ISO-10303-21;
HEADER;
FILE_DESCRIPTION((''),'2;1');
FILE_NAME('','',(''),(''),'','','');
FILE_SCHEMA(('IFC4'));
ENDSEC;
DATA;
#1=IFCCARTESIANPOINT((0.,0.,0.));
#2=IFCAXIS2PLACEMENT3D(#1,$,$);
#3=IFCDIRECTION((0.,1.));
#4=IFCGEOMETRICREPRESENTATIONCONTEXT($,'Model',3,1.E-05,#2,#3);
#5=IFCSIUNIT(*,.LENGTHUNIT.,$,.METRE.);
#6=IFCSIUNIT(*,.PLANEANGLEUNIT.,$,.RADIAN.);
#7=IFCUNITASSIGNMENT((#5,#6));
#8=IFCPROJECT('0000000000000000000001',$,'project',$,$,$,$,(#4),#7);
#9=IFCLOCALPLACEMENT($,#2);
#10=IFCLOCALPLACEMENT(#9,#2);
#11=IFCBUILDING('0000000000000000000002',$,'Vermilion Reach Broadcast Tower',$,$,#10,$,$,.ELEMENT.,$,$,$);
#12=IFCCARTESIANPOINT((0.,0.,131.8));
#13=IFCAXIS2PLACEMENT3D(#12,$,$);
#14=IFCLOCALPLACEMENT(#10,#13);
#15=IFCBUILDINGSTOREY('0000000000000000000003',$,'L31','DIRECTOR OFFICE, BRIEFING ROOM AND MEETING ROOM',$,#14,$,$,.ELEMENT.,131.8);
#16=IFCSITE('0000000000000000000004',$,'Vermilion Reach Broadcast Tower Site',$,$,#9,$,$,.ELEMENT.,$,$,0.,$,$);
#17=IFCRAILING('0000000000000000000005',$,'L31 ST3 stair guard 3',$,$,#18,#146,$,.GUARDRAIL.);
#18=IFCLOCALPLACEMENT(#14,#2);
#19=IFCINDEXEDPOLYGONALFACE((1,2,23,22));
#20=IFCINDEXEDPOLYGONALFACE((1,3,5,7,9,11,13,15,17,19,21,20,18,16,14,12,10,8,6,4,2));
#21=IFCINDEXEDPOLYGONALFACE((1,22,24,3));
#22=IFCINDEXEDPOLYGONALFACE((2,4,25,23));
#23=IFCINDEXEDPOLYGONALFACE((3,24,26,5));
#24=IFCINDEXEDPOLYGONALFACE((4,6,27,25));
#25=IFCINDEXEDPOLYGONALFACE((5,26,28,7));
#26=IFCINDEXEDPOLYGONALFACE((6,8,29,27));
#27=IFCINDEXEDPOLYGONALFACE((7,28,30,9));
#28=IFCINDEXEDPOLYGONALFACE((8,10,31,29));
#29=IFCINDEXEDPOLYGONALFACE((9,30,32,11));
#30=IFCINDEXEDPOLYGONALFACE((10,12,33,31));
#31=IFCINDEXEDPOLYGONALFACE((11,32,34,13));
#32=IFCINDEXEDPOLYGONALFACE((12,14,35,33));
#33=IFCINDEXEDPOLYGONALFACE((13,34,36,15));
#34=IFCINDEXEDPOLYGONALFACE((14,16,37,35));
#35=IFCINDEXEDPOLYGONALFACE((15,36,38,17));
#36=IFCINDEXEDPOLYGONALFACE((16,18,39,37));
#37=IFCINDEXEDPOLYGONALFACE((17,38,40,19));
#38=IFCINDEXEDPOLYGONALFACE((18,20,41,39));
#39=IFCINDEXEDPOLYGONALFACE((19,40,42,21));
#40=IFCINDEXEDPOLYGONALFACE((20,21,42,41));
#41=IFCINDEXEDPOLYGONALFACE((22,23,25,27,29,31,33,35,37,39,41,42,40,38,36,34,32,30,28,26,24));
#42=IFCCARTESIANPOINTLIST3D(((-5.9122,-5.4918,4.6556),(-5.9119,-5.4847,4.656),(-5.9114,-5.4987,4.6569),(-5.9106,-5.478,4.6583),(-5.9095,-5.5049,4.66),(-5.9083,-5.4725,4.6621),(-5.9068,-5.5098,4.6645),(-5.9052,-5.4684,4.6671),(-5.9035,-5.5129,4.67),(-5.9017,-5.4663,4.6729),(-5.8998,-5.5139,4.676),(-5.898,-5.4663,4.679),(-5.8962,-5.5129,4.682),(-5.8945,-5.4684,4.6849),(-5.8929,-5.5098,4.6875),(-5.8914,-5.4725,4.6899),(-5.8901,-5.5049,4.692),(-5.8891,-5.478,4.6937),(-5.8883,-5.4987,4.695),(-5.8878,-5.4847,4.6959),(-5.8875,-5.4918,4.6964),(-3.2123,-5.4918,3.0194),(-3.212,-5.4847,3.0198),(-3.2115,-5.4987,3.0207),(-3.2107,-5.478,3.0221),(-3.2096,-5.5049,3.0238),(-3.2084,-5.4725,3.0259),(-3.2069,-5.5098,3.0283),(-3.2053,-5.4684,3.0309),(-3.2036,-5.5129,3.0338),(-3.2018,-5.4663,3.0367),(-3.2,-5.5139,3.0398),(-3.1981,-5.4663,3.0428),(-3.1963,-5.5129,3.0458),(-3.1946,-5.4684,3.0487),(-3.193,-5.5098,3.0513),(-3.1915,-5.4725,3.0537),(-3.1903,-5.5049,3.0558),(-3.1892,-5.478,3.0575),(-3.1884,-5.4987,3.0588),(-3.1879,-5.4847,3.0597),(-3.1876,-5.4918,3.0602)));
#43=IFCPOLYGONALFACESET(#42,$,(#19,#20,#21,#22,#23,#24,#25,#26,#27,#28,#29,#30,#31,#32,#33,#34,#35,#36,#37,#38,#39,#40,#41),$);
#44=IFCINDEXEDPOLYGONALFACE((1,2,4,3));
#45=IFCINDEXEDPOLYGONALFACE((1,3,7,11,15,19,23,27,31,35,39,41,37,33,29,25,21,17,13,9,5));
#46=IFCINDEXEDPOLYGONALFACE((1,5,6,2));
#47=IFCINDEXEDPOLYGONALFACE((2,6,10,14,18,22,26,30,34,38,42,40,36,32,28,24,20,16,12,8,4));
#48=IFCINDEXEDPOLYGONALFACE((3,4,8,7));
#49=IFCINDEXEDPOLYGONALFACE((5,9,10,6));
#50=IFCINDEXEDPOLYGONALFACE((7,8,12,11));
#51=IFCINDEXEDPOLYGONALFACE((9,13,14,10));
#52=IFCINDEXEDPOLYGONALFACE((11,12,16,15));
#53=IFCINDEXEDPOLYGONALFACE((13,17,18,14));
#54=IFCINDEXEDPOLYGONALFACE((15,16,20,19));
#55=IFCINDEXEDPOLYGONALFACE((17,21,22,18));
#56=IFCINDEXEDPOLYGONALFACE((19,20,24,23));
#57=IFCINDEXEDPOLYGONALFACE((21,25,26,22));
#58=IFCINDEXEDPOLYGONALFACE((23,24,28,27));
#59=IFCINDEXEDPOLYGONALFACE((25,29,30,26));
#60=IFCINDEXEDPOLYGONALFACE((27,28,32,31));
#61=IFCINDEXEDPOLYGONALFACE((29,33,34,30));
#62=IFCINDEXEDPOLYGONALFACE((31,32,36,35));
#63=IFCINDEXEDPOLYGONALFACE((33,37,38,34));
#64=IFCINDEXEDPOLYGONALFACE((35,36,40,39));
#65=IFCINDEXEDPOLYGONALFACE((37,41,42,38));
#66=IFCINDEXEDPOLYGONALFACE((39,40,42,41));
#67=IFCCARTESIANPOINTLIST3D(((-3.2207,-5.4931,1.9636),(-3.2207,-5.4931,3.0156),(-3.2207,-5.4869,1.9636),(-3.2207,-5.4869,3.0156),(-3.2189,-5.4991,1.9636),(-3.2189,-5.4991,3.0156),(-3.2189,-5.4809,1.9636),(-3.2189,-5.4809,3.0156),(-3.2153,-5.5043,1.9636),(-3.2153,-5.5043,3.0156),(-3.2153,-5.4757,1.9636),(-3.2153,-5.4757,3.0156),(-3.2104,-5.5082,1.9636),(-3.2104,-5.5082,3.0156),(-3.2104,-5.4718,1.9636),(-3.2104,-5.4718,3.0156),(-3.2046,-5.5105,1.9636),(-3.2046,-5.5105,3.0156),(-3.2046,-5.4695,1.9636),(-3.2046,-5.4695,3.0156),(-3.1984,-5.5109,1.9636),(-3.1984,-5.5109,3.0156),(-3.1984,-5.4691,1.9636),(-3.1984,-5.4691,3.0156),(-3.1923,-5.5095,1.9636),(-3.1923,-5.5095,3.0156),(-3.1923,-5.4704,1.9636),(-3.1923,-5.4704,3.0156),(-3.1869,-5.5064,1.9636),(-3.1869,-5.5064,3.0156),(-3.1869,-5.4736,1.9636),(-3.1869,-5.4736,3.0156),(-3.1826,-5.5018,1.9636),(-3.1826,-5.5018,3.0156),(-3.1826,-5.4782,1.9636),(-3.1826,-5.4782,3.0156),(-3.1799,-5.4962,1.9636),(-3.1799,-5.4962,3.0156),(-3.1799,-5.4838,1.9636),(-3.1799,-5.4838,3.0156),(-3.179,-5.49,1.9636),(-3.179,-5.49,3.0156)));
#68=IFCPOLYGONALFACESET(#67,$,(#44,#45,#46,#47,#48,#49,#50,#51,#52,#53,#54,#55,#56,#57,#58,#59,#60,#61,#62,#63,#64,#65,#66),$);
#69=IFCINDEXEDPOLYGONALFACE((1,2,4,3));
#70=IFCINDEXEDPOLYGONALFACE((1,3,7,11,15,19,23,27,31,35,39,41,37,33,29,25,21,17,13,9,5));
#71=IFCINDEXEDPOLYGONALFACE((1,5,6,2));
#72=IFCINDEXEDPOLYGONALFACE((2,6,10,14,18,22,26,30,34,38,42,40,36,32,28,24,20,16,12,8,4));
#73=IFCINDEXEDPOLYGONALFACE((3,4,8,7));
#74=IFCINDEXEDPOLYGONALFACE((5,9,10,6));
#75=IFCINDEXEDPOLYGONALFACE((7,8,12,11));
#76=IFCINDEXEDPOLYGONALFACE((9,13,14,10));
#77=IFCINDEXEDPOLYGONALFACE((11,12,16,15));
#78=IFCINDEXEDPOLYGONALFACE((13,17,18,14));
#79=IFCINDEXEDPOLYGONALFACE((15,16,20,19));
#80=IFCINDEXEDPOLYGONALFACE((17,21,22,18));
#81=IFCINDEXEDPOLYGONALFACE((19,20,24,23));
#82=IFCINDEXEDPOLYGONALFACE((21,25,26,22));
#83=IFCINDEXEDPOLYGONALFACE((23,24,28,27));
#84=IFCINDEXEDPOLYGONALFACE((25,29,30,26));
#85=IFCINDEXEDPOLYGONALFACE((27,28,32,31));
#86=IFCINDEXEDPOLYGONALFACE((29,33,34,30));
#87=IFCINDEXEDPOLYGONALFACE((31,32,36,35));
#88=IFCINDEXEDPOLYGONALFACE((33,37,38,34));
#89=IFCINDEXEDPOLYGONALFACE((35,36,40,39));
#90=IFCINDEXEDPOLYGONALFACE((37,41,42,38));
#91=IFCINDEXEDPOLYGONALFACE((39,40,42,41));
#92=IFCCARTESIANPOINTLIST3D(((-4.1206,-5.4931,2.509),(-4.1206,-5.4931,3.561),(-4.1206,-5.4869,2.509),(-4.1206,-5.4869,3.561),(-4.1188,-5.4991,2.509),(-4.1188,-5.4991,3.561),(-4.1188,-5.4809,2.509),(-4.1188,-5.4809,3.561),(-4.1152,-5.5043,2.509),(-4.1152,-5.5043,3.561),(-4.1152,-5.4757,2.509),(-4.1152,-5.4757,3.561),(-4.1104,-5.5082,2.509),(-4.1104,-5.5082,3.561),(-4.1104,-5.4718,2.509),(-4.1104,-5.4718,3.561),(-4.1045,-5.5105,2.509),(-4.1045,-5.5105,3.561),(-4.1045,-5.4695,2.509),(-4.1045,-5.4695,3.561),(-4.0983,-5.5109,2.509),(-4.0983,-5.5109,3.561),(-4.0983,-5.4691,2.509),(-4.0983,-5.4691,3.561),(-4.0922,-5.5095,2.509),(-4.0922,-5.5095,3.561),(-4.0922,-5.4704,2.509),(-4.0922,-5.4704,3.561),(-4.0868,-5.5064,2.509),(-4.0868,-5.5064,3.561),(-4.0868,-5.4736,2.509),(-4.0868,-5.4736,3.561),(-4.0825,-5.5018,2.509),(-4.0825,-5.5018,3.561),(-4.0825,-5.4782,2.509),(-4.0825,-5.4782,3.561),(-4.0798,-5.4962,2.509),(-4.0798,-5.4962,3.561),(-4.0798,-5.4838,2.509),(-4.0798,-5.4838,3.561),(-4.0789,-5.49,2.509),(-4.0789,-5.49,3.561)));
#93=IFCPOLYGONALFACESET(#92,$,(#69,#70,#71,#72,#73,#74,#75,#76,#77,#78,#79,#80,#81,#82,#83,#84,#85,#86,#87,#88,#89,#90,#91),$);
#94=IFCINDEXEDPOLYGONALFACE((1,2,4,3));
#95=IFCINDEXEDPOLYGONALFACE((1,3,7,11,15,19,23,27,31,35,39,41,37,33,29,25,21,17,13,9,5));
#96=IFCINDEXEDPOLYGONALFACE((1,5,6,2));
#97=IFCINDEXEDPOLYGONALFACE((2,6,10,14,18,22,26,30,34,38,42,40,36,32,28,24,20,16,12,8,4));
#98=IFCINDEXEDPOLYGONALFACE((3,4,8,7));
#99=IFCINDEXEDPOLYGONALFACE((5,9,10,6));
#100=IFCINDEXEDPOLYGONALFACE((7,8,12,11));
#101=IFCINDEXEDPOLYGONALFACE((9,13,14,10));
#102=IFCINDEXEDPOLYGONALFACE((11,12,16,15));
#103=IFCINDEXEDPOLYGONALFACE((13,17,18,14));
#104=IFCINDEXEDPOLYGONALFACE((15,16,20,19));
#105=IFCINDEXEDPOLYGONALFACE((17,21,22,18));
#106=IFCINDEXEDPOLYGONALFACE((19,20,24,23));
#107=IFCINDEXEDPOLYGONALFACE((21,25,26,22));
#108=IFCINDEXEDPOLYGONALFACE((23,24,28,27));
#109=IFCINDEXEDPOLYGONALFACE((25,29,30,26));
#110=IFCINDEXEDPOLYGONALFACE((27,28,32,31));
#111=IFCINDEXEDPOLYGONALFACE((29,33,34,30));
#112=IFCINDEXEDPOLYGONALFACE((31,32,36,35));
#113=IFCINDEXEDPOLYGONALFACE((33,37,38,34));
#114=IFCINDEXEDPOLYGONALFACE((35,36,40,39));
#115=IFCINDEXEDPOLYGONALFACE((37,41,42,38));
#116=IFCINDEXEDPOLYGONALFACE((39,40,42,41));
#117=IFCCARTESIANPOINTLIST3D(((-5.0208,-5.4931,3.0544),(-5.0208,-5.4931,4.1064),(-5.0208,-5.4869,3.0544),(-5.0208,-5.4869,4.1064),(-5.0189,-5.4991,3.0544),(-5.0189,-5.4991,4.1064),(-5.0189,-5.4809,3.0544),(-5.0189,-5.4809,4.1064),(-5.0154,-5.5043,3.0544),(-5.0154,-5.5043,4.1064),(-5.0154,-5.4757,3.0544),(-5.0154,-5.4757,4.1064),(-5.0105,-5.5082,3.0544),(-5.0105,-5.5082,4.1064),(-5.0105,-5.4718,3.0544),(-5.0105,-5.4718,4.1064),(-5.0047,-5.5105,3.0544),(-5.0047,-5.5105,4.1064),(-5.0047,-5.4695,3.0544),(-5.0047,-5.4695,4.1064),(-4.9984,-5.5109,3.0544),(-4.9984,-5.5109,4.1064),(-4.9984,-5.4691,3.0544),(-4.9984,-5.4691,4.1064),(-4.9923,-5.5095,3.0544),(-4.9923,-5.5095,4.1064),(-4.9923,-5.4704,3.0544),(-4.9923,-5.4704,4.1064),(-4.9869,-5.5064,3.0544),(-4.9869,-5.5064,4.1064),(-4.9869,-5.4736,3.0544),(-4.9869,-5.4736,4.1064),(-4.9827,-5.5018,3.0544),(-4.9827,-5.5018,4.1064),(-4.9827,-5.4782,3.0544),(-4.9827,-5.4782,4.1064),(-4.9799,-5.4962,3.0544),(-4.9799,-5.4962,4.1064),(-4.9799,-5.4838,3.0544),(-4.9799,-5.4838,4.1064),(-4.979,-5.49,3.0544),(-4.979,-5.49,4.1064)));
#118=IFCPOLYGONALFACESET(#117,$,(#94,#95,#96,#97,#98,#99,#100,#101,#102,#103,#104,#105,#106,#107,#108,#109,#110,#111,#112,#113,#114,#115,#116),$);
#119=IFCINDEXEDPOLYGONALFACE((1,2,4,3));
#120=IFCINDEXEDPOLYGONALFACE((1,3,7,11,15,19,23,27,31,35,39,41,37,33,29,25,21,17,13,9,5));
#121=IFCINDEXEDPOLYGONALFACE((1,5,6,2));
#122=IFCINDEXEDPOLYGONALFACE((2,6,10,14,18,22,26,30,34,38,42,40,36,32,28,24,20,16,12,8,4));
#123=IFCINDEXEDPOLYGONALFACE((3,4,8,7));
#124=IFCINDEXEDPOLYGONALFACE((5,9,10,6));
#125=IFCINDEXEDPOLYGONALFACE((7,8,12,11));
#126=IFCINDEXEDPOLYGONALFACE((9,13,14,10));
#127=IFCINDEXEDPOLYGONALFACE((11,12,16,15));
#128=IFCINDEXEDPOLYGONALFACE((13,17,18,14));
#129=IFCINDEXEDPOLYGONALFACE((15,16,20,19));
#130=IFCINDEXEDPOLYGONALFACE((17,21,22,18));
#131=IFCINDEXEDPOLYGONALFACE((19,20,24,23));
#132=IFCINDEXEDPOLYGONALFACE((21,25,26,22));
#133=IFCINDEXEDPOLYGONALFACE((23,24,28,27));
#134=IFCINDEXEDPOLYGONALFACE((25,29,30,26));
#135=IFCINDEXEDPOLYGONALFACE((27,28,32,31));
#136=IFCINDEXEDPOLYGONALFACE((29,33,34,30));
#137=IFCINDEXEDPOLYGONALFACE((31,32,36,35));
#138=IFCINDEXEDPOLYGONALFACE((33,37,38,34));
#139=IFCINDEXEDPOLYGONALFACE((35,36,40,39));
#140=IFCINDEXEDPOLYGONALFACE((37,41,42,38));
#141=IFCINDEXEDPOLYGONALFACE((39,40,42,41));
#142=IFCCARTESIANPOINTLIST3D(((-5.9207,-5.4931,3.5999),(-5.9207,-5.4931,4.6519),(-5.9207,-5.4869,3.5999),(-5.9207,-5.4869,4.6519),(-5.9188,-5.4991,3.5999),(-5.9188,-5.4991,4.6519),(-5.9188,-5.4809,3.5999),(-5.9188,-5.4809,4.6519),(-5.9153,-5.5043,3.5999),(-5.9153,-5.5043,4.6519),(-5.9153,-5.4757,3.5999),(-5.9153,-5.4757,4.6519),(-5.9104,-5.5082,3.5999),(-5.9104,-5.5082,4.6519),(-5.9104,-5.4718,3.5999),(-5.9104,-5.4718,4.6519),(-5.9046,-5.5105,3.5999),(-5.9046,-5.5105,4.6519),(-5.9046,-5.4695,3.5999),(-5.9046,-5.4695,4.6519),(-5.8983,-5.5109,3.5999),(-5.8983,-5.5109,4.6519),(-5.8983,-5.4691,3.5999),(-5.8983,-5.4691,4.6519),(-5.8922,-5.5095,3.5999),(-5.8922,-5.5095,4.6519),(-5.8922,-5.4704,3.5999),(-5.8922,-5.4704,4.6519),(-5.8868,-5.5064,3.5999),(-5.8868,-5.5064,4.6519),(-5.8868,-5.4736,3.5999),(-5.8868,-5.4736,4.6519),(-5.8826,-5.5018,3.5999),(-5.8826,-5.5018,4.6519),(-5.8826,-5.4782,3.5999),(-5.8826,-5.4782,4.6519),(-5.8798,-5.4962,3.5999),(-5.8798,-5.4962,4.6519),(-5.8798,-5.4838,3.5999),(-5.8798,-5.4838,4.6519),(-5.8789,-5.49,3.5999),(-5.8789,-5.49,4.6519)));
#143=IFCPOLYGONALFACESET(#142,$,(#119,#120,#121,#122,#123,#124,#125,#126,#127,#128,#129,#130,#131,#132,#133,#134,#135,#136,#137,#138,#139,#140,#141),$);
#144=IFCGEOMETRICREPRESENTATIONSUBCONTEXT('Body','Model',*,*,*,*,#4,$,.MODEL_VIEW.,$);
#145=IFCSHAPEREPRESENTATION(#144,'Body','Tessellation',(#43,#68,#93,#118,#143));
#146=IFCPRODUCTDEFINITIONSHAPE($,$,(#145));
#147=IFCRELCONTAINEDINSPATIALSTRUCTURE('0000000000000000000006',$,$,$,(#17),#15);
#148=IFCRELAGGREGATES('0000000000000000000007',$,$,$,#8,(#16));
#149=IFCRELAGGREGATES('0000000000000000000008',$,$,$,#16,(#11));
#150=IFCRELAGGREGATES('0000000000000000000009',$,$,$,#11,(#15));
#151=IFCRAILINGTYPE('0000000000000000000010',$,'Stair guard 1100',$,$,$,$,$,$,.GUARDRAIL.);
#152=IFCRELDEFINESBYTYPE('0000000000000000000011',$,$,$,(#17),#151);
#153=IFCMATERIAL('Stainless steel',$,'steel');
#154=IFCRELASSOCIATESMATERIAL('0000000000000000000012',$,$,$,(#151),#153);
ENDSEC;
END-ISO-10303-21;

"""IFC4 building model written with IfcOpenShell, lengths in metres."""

from ifc_helpers import new_model, si_unit, direction, frame, origin, origin_2d, place, context, subcontext, project, spatial, circle, extrude, material, type_object, element, save


model = new_model("IFC4")

# Units and contexts
model_context = context("Model", 3, precision=1e-05, world=origin(), true_north=direction((0.0, 1.0)))
body_context = subcontext(model_context, "Body", "Model", "MODEL_VIEW")
ifc_project = project(units=[si_unit("LENGTHUNIT", "METRE"), si_unit("PLANEANGLEUNIT", "RADIAN")], contexts=[model_context])

# Site, building, storey
site_placement = place(None, origin())
site = spatial("IfcSite", under=ifc_project, at=site_placement, Name="Vermilion Reach Broadcast Tower Site", CompositionType="ELEMENT", RefElevation=0.0)
building_placement = place(site_placement, origin())
building = spatial("IfcBuilding", under=site, at=building_placement, Name="Vermilion Reach Broadcast Tower", CompositionType="ELEMENT")
storey_placement = place(building_placement, frame((0.0, 0.0, 131.8)))
storey = spatial("IfcBuildingStorey", under=building, at=storey_placement, Name="L31", Description="DIRECTOR OFFICE, BRIEFING ROOM AND MEETING ROOM", CompositionType="ELEMENT", Elevation=131.8)

# Railing
ifc_material_1 = material(Name="Stainless steel", Category="steel")
railing_type_1 = type_object("IfcRailingType", Name="Stair guard 1100", PredefinedType="GUARDRAIL", material=ifc_material_1)
railing_1_placement = place(storey_placement, frame((-3.2, -5.49, 1.9636)))
element("IfcRailing", 1, at=railing_1_placement, inside=storey, type_object=railing_type_1, Name="L31 ST3 stair guard 3", PredefinedType="GUARDRAIL", context=body_context, shape_type="SweptSolid", body=[
    extrude(circle(Radius=0.0239, at=origin_2d()), frame((0.0, 0.0, 1.0762), z_axis=(-0.855212, 0.0, 0.518278), x_axis=(0.0, -1.0, 0.0)), (0.0, 0.0, 1.0), 3.157),
    extrude(circle(Radius=0.021, at=origin_2d()), origin(), (0.0, 0.0, 1.0), 1.052),
    extrude(circle(Radius=0.021, at=origin_2d()), frame((-0.8999, 0.0, 0.5454)), (0.0, 0.0, 1.0), 1.052),
    extrude(circle(Radius=0.021, at=origin_2d()), frame((-1.8, 0.0, 1.0908)), (0.0, 0.0, 1.0), 1.052),
    extrude(circle(Radius=0.021, at=origin_2d()), frame((-2.7, 0.0, 1.6362)), (0.0, 0.0, 1.0), 1.052),
])

save(model, "model.ifc")
